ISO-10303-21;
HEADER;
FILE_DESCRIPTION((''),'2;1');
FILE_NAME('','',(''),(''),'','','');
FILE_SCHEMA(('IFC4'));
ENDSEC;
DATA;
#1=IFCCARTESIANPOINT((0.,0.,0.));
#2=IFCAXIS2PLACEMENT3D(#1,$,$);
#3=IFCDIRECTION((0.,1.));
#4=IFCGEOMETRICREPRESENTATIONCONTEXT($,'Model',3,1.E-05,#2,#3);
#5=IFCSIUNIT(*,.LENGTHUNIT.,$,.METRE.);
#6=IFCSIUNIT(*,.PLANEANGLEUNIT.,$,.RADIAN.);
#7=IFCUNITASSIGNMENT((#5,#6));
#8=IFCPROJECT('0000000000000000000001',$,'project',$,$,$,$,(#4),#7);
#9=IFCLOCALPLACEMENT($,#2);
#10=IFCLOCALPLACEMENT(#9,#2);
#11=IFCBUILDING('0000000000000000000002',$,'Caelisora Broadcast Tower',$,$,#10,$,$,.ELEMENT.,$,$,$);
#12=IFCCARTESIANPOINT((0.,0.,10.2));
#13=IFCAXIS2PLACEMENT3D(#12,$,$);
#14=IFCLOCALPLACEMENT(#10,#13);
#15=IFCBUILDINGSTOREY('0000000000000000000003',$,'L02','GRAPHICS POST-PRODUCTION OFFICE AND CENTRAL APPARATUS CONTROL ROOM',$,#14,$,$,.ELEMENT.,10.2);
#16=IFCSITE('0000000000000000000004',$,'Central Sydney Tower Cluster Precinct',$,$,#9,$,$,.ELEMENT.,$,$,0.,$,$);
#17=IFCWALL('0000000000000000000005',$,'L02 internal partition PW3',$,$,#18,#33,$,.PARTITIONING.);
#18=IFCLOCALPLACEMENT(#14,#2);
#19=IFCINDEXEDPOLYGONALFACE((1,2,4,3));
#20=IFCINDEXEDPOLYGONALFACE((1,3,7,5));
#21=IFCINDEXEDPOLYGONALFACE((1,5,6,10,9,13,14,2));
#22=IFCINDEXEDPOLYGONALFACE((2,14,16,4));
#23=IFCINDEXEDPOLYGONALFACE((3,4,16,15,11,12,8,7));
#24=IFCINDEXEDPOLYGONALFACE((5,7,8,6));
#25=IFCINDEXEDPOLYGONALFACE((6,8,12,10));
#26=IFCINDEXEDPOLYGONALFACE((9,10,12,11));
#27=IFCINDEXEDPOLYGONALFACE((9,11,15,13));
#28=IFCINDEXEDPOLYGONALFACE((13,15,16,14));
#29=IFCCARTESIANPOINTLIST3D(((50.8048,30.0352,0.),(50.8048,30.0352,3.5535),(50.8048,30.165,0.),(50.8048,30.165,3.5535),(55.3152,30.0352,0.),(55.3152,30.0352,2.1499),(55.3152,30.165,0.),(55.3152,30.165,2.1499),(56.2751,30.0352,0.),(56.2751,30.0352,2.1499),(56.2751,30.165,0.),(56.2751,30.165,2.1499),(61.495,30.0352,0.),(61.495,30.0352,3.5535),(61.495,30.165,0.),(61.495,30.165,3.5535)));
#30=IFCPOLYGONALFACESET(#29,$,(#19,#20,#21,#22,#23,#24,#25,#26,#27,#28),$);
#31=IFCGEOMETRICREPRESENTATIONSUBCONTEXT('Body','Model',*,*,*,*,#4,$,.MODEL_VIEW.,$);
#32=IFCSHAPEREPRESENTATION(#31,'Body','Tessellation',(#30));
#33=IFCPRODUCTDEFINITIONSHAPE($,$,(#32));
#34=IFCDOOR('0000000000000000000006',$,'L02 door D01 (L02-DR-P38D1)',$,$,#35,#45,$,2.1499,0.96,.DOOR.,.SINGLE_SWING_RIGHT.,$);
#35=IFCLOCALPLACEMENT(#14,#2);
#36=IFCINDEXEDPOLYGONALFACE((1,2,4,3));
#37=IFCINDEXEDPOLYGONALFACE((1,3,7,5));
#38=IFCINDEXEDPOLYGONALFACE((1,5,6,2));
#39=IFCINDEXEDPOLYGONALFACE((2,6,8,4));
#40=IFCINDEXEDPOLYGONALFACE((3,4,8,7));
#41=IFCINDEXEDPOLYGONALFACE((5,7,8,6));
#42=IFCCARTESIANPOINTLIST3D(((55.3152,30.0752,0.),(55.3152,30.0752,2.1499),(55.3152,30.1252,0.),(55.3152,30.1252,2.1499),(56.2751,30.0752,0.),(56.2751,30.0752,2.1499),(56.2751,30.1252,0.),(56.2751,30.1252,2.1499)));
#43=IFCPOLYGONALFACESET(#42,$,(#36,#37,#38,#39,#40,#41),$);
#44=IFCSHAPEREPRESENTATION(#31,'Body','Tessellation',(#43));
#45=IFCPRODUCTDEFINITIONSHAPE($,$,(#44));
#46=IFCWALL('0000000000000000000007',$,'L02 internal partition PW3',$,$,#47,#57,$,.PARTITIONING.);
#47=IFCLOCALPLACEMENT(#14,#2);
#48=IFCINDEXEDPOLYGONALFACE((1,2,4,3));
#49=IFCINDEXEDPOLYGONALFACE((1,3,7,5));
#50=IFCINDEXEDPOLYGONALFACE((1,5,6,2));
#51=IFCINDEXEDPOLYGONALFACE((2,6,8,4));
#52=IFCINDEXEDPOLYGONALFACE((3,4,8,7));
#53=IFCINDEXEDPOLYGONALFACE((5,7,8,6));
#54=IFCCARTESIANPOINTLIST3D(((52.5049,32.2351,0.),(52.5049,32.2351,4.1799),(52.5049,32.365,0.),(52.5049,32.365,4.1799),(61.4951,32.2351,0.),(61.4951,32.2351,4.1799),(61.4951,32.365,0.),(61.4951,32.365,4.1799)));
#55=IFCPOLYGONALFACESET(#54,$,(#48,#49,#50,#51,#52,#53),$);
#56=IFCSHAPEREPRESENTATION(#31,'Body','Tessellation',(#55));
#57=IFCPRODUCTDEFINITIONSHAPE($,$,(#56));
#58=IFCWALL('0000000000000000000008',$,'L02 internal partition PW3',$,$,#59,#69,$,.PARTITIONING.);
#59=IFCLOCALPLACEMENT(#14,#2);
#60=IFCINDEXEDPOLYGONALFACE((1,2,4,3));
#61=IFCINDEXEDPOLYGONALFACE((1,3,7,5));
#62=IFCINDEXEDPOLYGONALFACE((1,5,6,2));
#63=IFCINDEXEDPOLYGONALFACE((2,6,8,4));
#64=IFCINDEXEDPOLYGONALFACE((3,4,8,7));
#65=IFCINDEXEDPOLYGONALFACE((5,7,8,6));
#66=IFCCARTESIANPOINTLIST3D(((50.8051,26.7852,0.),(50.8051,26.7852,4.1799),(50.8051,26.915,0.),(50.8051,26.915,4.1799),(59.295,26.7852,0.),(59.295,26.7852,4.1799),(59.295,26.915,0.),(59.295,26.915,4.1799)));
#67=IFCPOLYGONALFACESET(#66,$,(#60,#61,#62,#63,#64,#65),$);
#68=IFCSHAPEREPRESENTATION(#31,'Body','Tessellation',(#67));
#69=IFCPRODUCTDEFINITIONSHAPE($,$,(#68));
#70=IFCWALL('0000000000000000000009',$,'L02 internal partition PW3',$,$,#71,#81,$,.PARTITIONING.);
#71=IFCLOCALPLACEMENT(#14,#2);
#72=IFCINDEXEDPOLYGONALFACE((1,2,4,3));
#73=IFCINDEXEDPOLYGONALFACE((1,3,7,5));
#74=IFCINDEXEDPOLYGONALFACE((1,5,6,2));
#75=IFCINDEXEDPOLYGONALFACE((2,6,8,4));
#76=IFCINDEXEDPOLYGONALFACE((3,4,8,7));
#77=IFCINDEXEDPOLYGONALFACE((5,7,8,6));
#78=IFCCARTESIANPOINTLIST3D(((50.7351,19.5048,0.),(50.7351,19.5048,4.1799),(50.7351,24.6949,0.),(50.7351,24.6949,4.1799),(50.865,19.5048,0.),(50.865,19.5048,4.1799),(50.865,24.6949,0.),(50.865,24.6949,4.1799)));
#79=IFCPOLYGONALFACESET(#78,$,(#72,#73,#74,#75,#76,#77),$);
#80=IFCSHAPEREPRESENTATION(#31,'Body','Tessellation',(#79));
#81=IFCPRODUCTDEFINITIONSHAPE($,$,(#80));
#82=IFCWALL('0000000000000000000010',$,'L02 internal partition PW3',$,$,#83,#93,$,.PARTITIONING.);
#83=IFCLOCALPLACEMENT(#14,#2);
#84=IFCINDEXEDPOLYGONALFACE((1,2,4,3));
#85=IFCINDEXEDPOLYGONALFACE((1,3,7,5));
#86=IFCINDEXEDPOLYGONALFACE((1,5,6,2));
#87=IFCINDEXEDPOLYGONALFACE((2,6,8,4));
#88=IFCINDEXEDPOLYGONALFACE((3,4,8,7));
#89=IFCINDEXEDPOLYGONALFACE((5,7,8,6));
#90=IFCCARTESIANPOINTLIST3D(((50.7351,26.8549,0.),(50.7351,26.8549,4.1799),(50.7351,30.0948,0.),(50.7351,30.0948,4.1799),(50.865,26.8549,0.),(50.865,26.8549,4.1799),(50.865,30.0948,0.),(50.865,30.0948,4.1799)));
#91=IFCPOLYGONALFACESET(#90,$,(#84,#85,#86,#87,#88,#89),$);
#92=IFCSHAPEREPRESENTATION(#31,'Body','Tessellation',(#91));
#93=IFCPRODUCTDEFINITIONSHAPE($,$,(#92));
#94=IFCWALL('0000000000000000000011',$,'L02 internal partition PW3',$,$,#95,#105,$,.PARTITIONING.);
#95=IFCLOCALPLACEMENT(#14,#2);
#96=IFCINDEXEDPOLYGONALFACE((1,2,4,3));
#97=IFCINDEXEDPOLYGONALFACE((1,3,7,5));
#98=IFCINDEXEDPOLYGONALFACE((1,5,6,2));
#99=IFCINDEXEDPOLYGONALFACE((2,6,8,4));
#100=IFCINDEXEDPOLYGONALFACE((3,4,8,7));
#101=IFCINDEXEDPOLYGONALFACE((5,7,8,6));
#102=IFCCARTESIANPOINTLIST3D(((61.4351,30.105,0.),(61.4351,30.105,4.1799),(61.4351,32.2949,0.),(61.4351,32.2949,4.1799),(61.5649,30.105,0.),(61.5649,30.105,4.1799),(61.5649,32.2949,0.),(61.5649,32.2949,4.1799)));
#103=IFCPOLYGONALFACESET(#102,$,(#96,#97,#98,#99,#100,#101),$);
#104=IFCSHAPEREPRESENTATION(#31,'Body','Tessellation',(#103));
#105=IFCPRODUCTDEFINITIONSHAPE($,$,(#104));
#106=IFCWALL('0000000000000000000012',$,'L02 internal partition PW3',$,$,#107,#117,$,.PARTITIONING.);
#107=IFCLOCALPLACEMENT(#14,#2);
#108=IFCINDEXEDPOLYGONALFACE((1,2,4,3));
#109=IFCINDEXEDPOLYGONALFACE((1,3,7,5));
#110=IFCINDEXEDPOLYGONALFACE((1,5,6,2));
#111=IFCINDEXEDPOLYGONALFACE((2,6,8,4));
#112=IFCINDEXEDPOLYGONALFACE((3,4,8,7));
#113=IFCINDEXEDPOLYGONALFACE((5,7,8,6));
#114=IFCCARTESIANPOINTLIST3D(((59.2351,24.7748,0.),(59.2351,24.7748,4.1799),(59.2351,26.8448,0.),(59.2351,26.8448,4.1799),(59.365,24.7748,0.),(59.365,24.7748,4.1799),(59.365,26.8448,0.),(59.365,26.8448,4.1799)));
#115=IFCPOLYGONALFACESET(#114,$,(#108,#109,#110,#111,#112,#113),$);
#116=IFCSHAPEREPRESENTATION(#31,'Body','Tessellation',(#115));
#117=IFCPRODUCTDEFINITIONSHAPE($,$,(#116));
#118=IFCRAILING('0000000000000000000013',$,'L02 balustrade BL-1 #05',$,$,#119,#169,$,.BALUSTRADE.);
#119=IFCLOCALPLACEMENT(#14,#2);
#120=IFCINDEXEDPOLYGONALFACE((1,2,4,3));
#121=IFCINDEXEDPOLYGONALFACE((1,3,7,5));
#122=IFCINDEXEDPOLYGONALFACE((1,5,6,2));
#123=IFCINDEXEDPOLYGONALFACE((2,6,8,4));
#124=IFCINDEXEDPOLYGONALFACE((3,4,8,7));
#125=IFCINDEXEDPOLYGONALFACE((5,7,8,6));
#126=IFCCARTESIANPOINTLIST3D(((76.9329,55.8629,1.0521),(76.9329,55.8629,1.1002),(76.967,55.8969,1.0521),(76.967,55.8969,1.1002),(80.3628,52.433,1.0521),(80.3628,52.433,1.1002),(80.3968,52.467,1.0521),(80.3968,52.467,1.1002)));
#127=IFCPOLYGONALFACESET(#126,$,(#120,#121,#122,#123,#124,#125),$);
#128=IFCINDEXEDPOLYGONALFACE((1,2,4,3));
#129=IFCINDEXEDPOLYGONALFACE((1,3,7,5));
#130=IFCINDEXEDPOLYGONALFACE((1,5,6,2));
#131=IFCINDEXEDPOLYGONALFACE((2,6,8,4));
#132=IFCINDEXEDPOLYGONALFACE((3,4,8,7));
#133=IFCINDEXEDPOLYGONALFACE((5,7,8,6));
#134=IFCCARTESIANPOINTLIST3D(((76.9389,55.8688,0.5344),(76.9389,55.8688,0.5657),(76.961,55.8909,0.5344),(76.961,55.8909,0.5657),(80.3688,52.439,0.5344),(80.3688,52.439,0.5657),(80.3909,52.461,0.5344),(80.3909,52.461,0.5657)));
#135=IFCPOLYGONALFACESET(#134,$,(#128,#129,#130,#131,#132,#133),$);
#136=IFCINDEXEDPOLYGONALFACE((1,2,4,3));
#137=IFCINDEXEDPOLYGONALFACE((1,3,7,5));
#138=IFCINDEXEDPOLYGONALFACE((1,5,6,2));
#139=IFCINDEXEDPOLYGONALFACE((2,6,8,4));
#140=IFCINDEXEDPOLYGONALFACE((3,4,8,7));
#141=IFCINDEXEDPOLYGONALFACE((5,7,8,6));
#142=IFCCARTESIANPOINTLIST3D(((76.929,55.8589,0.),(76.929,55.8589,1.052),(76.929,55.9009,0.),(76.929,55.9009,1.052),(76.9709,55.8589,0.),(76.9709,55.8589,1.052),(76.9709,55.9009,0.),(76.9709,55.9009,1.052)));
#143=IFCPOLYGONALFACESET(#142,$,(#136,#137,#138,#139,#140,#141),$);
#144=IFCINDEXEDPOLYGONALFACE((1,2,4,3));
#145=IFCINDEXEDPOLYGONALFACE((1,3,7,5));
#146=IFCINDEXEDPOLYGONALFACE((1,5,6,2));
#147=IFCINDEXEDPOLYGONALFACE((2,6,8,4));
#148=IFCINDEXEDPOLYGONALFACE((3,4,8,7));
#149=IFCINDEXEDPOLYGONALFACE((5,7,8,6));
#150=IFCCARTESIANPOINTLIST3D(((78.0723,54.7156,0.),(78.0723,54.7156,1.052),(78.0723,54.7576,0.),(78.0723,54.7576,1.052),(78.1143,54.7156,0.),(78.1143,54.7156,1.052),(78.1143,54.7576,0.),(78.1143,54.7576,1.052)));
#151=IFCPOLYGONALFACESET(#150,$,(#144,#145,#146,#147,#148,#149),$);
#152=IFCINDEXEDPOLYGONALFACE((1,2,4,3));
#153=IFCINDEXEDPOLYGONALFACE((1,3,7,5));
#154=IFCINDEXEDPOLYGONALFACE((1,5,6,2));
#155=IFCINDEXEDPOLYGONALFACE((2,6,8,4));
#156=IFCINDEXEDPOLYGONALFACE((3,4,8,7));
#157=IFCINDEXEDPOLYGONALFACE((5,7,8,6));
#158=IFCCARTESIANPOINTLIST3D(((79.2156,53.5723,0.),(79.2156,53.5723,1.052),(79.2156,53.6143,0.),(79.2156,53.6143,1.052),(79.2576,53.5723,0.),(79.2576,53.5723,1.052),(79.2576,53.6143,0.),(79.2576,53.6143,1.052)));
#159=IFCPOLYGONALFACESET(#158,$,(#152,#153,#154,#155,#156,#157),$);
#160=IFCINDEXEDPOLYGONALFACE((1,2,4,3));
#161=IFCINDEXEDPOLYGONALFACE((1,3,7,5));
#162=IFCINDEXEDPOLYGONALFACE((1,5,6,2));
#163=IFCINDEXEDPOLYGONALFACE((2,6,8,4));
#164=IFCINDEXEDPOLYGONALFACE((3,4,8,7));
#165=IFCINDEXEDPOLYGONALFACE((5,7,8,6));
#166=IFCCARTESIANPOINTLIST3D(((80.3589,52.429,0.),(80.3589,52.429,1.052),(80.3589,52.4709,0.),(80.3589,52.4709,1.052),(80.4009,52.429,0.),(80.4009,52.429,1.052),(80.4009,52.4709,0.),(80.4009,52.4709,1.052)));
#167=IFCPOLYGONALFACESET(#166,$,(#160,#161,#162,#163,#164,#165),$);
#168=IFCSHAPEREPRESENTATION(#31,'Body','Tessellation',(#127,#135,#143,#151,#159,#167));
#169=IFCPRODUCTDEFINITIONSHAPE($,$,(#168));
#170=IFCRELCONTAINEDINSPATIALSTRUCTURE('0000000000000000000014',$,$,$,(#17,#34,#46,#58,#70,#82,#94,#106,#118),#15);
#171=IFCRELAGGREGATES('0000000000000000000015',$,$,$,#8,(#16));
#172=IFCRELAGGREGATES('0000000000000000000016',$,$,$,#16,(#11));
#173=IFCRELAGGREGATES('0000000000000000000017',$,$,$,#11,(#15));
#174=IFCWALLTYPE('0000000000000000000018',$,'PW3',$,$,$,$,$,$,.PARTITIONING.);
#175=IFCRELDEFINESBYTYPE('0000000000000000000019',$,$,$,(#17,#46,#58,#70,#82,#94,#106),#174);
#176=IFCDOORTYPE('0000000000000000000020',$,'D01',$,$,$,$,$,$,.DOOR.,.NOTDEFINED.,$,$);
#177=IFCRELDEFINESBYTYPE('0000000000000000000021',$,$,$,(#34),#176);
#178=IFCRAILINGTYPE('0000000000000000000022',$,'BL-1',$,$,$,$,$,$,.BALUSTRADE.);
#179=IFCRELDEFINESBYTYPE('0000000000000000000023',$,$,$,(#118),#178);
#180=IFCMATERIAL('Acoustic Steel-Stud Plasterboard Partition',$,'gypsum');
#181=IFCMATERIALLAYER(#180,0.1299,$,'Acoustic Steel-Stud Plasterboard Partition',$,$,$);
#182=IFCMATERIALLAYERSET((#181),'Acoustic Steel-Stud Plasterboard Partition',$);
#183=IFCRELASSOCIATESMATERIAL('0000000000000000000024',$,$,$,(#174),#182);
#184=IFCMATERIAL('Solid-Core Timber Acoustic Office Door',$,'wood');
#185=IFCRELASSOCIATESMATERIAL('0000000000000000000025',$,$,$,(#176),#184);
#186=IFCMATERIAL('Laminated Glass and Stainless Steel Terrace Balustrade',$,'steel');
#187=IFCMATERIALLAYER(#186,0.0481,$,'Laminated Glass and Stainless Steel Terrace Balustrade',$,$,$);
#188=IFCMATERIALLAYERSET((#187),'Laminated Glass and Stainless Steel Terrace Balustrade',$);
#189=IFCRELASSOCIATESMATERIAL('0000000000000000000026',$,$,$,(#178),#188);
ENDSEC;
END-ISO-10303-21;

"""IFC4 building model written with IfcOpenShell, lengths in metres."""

from ifc_helpers import new_model, si_unit, direction, frame, frame_2d, origin, origin_2d, place, context, subcontext, project, spatial, rectangle, extrude, material, layer, layer_set, type_object, element, fill, save


model = new_model("IFC4")

# Units and contexts
model_context = context("Model", 3, precision=1e-05, world=origin(), true_north=direction((0.0, 1.0)))
body_context = subcontext(model_context, "Body", "Model", "MODEL_VIEW")
ifc_project = project(units=[si_unit("LENGTHUNIT", "METRE"), si_unit("PLANEANGLEUNIT", "RADIAN")], contexts=[model_context])

# Site, building, storey
site_placement = place(None, origin())
site = spatial("IfcSite", under=ifc_project, at=site_placement, Name="Central Sydney Tower Cluster Precinct", CompositionType="ELEMENT", RefElevation=0.0)
building_placement = place(site_placement, origin())
building = spatial("IfcBuilding", under=site, at=building_placement, Name="Caelisora Broadcast Tower", CompositionType="ELEMENT")
storey_placement = place(building_placement, frame((0.0, 0.0, 10.2)))
storey = spatial("IfcBuildingStorey", under=building, at=storey_placement, Name="L02", Description="GRAPHICS POST-PRODUCTION OFFICE AND CENTRAL APPARATUS CONTROL ROOM", CompositionType="ELEMENT", Elevation=10.2)

# Shared definitions
ifc_material_1 = material(Name="Acoustic Steel-Stud Plasterboard Partition", Category="gypsum")
ifc_layer_1 = layer(ifc_material_1, 0.1299, Name="Acoustic Steel-Stud Plasterboard Partition")
ifc_layer_set_1 = layer_set([ifc_layer_1], Name="Acoustic Steel-Stud Plasterboard Partition")
wall_type_1 = type_object("IfcWallType", Name="PW3", PredefinedType="PARTITIONING", material=ifc_layer_set_1)

# Wall, opening, door
wall_1_placement = place(storey_placement, frame((61.4951, 30.1001, 0.0), z_axis=(0.0, 0.0, 1.0), x_axis=(-1.0, 0.0, 0.0)))
wall_1 = element("IfcWall", 1, at=wall_1_placement, inside=storey, type_object=wall_type_1, Name="L02 internal partition PW3", PredefinedType="PARTITIONING", context=body_context, shape_type="SweptSolid", body=[
    extrude(rectangle(XDim=10.6902, YDim=0.1299, at=frame_2d((5.3452, 0.0))), origin(), (0.0, 0.0, 1.0), 3.5535),
])
opening_1_placement = place(wall_1_placement, frame((5.22, 0.0, 0.0)))
opening_1 = element("IfcOpeningElement", 2, at=opening_1_placement, cuts=wall_1, PredefinedType="OPENING", context=body_context, shape_type="SweptSolid", body=[
    extrude(rectangle(XDim=0.96, YDim=2.1499, at=frame_2d((0.48, 1.075))), frame((0.0, 0.0769, 0.0), z_axis=(0.0, -1.0, 0.0), x_axis=(1.0, 0.0, 0.0)), (0.0, 0.0, 1.0), 0.1538),
])
ifc_material_2 = material(Name="Solid-Core Timber Acoustic Office Door", Category="wood")
door_type_1 = type_object("IfcDoorType", Name="D01", OperationType="NOTDEFINED", PredefinedType="DOOR", material=ifc_material_2)
door_1_placement = place(opening_1_placement, origin())
door_1 = element("IfcDoor", 3, at=door_1_placement, inside=storey, type_object=door_type_1, Name="L02 door D01 (L02-DR-P38D1)", OperationType="SINGLE_SWING_RIGHT", OverallHeight=2.1499, OverallWidth=0.96, PredefinedType="DOOR", context=body_context, shape_type="SweptSolid", body=[
    extrude(rectangle(XDim=0.96, YDim=2.1499, at=frame_2d((0.48, 1.075))), frame((0.0, 0.0249, 0.0), z_axis=(0.0, -1.0, 0.0), x_axis=(1.0, 0.0, 0.0)), (0.0, 0.0, 1.0), 0.05),
])
fill(opening_1, door_1)

# Walls
wall_2_placement = place(storey_placement, frame((52.5049, 32.3, 0.0), z_axis=(0.0, 0.0, 1.0), x_axis=(1.0, 0.0, 0.0)))
element("IfcWall", 4, at=wall_2_placement, inside=storey, type_object=wall_type_1, Name="L02 internal partition PW3", PredefinedType="PARTITIONING", context=body_context, shape_type="SweptSolid", body=[
    extrude(rectangle(XDim=8.9902, YDim=0.1299, at=frame_2d((4.4951, 0.0))), origin(), (0.0, 0.0, 1.0), 4.1799),
])
wall_3_placement = place(storey_placement, frame((50.8049, 26.8501, 0.0), z_axis=(0.0, 0.0, 1.0), x_axis=(1.0, 0.0, 0.0)))
element("IfcWall", 5, at=wall_3_placement, inside=storey, type_object=wall_type_1, Name="L02 internal partition PW3", PredefinedType="PARTITIONING", context=body_context, shape_type="SweptSolid", body=[
    extrude(rectangle(XDim=8.49, YDim=0.1299, at=frame_2d((4.2451, 0.0))), origin(), (0.0, 0.0, 1.0), 4.1799),
])
wall_4_placement = place(storey_placement, frame((50.8, 24.6951, 0.0), z_axis=(0.0, 0.0, 1.0), x_axis=(0.0, -1.0, 0.0)))
element("IfcWall", 6, at=wall_4_placement, inside=storey, type_object=wall_type_1, Name="L02 internal partition PW3", PredefinedType="PARTITIONING", context=body_context, shape_type="SweptSolid", body=[
    extrude(rectangle(XDim=5.1902, YDim=0.1299, at=frame_2d((2.5952, 0.0))), origin(), (0.0, 0.0, 1.0), 4.1799),
])
wall_5_placement = place(storey_placement, frame((50.8, 30.095, 0.0), z_axis=(0.0, 0.0, 1.0), x_axis=(0.0, -1.0, 0.0)))
element("IfcWall", 7, at=wall_5_placement, inside=storey, type_object=wall_type_1, Name="L02 internal partition PW3", PredefinedType="PARTITIONING", context=body_context, shape_type="SweptSolid", body=[
    extrude(rectangle(XDim=3.24, YDim=0.1299, at=frame_2d((1.6201, 0.0))), origin(), (0.0, 0.0, 1.0), 4.1799),
])
wall_6_placement = place(storey_placement, frame((61.5, 32.2949, 0.0), z_axis=(0.0, 0.0, 1.0), x_axis=(0.0, -1.0, 0.0)))
element("IfcWall", 8, at=wall_6_placement, inside=storey, type_object=wall_type_1, Name="L02 internal partition PW3", PredefinedType="PARTITIONING", context=body_context, shape_type="SweptSolid", body=[
    extrude(rectangle(XDim=2.1899, YDim=0.1299, at=frame_2d((1.095, 0.0))), origin(), (0.0, 0.0, 1.0), 4.1799),
])
wall_7_placement = place(storey_placement, frame((59.3, 26.845, 0.0), z_axis=(0.0, 0.0, 1.0), x_axis=(0.0, -1.0, 0.0)))
element("IfcWall", 9, at=wall_7_placement, inside=storey, type_object=wall_type_1, Name="L02 internal partition PW3", PredefinedType="PARTITIONING", context=body_context, shape_type="SweptSolid", body=[
    extrude(rectangle(XDim=2.0701, YDim=0.1299, at=frame_2d((1.0352, 0.0))), origin(), (0.0, 0.0, 1.0), 4.1799),
])

# Railing
ifc_material_3 = material(Name="Laminated Glass and Stainless Steel Terrace Balustrade", Category="steel")
ifc_layer_2 = layer(ifc_material_3, 0.0481, Name="Laminated Glass and Stainless Steel Terrace Balustrade")
ifc_layer_set_2 = layer_set([ifc_layer_2], Name="Laminated Glass and Stainless Steel Terrace Balustrade")
railing_type = type_object("IfcRailingType", Name="BL-1", PredefinedType="BALUSTRADE", material=ifc_layer_set_2)
railing_1_placement = place(storey_placement, frame((76.95, 55.8799, 0.0)))
element("IfcRailing", 10, at=railing_1_placement, inside=storey, type_object=railing_type, Name="L02 balustrade BL-1 #05", PredefinedType="BALUSTRADE", context=body_context, shape_type="SweptSolid", body=[
    extrude(rectangle(XDim=0.0481, YDim=0.0481, at=origin_2d()), frame((0.0, 0.0, 1.0762), z_axis=(0.707107, -0.707107, 0.0), x_axis=(0.707107, 0.707107, 0.0)), (0.0, 0.0, 1.0), 4.8506),
    extrude(rectangle(XDim=0.0312, YDim=0.0312, at=origin_2d()), frame((0.0, 0.0, 0.55), z_axis=(0.707107, -0.707107, 0.0), x_axis=(0.707107, 0.707107, 0.0)), (0.0, 0.0, 1.0), 4.8506),
    extrude(rectangle(XDim=0.042, YDim=0.042, at=origin_2d()), origin(), (0.0, 0.0, 1.0), 1.052),
    extrude(rectangle(XDim=0.042, YDim=0.042, at=origin_2d()), frame((1.1433, -1.1433, 0.0)), (0.0, 0.0, 1.0), 1.052),
    extrude(rectangle(XDim=0.042, YDim=0.042, at=origin_2d()), frame((2.2866, -2.2866, 0.0)), (0.0, 0.0, 1.0), 1.052),
    extrude(rectangle(XDim=0.042, YDim=0.042, at=origin_2d()), frame((3.4299, -3.4299, 0.0)), (0.0, 0.0, 1.0), 1.052),
])

save(model, "model.ifc")
